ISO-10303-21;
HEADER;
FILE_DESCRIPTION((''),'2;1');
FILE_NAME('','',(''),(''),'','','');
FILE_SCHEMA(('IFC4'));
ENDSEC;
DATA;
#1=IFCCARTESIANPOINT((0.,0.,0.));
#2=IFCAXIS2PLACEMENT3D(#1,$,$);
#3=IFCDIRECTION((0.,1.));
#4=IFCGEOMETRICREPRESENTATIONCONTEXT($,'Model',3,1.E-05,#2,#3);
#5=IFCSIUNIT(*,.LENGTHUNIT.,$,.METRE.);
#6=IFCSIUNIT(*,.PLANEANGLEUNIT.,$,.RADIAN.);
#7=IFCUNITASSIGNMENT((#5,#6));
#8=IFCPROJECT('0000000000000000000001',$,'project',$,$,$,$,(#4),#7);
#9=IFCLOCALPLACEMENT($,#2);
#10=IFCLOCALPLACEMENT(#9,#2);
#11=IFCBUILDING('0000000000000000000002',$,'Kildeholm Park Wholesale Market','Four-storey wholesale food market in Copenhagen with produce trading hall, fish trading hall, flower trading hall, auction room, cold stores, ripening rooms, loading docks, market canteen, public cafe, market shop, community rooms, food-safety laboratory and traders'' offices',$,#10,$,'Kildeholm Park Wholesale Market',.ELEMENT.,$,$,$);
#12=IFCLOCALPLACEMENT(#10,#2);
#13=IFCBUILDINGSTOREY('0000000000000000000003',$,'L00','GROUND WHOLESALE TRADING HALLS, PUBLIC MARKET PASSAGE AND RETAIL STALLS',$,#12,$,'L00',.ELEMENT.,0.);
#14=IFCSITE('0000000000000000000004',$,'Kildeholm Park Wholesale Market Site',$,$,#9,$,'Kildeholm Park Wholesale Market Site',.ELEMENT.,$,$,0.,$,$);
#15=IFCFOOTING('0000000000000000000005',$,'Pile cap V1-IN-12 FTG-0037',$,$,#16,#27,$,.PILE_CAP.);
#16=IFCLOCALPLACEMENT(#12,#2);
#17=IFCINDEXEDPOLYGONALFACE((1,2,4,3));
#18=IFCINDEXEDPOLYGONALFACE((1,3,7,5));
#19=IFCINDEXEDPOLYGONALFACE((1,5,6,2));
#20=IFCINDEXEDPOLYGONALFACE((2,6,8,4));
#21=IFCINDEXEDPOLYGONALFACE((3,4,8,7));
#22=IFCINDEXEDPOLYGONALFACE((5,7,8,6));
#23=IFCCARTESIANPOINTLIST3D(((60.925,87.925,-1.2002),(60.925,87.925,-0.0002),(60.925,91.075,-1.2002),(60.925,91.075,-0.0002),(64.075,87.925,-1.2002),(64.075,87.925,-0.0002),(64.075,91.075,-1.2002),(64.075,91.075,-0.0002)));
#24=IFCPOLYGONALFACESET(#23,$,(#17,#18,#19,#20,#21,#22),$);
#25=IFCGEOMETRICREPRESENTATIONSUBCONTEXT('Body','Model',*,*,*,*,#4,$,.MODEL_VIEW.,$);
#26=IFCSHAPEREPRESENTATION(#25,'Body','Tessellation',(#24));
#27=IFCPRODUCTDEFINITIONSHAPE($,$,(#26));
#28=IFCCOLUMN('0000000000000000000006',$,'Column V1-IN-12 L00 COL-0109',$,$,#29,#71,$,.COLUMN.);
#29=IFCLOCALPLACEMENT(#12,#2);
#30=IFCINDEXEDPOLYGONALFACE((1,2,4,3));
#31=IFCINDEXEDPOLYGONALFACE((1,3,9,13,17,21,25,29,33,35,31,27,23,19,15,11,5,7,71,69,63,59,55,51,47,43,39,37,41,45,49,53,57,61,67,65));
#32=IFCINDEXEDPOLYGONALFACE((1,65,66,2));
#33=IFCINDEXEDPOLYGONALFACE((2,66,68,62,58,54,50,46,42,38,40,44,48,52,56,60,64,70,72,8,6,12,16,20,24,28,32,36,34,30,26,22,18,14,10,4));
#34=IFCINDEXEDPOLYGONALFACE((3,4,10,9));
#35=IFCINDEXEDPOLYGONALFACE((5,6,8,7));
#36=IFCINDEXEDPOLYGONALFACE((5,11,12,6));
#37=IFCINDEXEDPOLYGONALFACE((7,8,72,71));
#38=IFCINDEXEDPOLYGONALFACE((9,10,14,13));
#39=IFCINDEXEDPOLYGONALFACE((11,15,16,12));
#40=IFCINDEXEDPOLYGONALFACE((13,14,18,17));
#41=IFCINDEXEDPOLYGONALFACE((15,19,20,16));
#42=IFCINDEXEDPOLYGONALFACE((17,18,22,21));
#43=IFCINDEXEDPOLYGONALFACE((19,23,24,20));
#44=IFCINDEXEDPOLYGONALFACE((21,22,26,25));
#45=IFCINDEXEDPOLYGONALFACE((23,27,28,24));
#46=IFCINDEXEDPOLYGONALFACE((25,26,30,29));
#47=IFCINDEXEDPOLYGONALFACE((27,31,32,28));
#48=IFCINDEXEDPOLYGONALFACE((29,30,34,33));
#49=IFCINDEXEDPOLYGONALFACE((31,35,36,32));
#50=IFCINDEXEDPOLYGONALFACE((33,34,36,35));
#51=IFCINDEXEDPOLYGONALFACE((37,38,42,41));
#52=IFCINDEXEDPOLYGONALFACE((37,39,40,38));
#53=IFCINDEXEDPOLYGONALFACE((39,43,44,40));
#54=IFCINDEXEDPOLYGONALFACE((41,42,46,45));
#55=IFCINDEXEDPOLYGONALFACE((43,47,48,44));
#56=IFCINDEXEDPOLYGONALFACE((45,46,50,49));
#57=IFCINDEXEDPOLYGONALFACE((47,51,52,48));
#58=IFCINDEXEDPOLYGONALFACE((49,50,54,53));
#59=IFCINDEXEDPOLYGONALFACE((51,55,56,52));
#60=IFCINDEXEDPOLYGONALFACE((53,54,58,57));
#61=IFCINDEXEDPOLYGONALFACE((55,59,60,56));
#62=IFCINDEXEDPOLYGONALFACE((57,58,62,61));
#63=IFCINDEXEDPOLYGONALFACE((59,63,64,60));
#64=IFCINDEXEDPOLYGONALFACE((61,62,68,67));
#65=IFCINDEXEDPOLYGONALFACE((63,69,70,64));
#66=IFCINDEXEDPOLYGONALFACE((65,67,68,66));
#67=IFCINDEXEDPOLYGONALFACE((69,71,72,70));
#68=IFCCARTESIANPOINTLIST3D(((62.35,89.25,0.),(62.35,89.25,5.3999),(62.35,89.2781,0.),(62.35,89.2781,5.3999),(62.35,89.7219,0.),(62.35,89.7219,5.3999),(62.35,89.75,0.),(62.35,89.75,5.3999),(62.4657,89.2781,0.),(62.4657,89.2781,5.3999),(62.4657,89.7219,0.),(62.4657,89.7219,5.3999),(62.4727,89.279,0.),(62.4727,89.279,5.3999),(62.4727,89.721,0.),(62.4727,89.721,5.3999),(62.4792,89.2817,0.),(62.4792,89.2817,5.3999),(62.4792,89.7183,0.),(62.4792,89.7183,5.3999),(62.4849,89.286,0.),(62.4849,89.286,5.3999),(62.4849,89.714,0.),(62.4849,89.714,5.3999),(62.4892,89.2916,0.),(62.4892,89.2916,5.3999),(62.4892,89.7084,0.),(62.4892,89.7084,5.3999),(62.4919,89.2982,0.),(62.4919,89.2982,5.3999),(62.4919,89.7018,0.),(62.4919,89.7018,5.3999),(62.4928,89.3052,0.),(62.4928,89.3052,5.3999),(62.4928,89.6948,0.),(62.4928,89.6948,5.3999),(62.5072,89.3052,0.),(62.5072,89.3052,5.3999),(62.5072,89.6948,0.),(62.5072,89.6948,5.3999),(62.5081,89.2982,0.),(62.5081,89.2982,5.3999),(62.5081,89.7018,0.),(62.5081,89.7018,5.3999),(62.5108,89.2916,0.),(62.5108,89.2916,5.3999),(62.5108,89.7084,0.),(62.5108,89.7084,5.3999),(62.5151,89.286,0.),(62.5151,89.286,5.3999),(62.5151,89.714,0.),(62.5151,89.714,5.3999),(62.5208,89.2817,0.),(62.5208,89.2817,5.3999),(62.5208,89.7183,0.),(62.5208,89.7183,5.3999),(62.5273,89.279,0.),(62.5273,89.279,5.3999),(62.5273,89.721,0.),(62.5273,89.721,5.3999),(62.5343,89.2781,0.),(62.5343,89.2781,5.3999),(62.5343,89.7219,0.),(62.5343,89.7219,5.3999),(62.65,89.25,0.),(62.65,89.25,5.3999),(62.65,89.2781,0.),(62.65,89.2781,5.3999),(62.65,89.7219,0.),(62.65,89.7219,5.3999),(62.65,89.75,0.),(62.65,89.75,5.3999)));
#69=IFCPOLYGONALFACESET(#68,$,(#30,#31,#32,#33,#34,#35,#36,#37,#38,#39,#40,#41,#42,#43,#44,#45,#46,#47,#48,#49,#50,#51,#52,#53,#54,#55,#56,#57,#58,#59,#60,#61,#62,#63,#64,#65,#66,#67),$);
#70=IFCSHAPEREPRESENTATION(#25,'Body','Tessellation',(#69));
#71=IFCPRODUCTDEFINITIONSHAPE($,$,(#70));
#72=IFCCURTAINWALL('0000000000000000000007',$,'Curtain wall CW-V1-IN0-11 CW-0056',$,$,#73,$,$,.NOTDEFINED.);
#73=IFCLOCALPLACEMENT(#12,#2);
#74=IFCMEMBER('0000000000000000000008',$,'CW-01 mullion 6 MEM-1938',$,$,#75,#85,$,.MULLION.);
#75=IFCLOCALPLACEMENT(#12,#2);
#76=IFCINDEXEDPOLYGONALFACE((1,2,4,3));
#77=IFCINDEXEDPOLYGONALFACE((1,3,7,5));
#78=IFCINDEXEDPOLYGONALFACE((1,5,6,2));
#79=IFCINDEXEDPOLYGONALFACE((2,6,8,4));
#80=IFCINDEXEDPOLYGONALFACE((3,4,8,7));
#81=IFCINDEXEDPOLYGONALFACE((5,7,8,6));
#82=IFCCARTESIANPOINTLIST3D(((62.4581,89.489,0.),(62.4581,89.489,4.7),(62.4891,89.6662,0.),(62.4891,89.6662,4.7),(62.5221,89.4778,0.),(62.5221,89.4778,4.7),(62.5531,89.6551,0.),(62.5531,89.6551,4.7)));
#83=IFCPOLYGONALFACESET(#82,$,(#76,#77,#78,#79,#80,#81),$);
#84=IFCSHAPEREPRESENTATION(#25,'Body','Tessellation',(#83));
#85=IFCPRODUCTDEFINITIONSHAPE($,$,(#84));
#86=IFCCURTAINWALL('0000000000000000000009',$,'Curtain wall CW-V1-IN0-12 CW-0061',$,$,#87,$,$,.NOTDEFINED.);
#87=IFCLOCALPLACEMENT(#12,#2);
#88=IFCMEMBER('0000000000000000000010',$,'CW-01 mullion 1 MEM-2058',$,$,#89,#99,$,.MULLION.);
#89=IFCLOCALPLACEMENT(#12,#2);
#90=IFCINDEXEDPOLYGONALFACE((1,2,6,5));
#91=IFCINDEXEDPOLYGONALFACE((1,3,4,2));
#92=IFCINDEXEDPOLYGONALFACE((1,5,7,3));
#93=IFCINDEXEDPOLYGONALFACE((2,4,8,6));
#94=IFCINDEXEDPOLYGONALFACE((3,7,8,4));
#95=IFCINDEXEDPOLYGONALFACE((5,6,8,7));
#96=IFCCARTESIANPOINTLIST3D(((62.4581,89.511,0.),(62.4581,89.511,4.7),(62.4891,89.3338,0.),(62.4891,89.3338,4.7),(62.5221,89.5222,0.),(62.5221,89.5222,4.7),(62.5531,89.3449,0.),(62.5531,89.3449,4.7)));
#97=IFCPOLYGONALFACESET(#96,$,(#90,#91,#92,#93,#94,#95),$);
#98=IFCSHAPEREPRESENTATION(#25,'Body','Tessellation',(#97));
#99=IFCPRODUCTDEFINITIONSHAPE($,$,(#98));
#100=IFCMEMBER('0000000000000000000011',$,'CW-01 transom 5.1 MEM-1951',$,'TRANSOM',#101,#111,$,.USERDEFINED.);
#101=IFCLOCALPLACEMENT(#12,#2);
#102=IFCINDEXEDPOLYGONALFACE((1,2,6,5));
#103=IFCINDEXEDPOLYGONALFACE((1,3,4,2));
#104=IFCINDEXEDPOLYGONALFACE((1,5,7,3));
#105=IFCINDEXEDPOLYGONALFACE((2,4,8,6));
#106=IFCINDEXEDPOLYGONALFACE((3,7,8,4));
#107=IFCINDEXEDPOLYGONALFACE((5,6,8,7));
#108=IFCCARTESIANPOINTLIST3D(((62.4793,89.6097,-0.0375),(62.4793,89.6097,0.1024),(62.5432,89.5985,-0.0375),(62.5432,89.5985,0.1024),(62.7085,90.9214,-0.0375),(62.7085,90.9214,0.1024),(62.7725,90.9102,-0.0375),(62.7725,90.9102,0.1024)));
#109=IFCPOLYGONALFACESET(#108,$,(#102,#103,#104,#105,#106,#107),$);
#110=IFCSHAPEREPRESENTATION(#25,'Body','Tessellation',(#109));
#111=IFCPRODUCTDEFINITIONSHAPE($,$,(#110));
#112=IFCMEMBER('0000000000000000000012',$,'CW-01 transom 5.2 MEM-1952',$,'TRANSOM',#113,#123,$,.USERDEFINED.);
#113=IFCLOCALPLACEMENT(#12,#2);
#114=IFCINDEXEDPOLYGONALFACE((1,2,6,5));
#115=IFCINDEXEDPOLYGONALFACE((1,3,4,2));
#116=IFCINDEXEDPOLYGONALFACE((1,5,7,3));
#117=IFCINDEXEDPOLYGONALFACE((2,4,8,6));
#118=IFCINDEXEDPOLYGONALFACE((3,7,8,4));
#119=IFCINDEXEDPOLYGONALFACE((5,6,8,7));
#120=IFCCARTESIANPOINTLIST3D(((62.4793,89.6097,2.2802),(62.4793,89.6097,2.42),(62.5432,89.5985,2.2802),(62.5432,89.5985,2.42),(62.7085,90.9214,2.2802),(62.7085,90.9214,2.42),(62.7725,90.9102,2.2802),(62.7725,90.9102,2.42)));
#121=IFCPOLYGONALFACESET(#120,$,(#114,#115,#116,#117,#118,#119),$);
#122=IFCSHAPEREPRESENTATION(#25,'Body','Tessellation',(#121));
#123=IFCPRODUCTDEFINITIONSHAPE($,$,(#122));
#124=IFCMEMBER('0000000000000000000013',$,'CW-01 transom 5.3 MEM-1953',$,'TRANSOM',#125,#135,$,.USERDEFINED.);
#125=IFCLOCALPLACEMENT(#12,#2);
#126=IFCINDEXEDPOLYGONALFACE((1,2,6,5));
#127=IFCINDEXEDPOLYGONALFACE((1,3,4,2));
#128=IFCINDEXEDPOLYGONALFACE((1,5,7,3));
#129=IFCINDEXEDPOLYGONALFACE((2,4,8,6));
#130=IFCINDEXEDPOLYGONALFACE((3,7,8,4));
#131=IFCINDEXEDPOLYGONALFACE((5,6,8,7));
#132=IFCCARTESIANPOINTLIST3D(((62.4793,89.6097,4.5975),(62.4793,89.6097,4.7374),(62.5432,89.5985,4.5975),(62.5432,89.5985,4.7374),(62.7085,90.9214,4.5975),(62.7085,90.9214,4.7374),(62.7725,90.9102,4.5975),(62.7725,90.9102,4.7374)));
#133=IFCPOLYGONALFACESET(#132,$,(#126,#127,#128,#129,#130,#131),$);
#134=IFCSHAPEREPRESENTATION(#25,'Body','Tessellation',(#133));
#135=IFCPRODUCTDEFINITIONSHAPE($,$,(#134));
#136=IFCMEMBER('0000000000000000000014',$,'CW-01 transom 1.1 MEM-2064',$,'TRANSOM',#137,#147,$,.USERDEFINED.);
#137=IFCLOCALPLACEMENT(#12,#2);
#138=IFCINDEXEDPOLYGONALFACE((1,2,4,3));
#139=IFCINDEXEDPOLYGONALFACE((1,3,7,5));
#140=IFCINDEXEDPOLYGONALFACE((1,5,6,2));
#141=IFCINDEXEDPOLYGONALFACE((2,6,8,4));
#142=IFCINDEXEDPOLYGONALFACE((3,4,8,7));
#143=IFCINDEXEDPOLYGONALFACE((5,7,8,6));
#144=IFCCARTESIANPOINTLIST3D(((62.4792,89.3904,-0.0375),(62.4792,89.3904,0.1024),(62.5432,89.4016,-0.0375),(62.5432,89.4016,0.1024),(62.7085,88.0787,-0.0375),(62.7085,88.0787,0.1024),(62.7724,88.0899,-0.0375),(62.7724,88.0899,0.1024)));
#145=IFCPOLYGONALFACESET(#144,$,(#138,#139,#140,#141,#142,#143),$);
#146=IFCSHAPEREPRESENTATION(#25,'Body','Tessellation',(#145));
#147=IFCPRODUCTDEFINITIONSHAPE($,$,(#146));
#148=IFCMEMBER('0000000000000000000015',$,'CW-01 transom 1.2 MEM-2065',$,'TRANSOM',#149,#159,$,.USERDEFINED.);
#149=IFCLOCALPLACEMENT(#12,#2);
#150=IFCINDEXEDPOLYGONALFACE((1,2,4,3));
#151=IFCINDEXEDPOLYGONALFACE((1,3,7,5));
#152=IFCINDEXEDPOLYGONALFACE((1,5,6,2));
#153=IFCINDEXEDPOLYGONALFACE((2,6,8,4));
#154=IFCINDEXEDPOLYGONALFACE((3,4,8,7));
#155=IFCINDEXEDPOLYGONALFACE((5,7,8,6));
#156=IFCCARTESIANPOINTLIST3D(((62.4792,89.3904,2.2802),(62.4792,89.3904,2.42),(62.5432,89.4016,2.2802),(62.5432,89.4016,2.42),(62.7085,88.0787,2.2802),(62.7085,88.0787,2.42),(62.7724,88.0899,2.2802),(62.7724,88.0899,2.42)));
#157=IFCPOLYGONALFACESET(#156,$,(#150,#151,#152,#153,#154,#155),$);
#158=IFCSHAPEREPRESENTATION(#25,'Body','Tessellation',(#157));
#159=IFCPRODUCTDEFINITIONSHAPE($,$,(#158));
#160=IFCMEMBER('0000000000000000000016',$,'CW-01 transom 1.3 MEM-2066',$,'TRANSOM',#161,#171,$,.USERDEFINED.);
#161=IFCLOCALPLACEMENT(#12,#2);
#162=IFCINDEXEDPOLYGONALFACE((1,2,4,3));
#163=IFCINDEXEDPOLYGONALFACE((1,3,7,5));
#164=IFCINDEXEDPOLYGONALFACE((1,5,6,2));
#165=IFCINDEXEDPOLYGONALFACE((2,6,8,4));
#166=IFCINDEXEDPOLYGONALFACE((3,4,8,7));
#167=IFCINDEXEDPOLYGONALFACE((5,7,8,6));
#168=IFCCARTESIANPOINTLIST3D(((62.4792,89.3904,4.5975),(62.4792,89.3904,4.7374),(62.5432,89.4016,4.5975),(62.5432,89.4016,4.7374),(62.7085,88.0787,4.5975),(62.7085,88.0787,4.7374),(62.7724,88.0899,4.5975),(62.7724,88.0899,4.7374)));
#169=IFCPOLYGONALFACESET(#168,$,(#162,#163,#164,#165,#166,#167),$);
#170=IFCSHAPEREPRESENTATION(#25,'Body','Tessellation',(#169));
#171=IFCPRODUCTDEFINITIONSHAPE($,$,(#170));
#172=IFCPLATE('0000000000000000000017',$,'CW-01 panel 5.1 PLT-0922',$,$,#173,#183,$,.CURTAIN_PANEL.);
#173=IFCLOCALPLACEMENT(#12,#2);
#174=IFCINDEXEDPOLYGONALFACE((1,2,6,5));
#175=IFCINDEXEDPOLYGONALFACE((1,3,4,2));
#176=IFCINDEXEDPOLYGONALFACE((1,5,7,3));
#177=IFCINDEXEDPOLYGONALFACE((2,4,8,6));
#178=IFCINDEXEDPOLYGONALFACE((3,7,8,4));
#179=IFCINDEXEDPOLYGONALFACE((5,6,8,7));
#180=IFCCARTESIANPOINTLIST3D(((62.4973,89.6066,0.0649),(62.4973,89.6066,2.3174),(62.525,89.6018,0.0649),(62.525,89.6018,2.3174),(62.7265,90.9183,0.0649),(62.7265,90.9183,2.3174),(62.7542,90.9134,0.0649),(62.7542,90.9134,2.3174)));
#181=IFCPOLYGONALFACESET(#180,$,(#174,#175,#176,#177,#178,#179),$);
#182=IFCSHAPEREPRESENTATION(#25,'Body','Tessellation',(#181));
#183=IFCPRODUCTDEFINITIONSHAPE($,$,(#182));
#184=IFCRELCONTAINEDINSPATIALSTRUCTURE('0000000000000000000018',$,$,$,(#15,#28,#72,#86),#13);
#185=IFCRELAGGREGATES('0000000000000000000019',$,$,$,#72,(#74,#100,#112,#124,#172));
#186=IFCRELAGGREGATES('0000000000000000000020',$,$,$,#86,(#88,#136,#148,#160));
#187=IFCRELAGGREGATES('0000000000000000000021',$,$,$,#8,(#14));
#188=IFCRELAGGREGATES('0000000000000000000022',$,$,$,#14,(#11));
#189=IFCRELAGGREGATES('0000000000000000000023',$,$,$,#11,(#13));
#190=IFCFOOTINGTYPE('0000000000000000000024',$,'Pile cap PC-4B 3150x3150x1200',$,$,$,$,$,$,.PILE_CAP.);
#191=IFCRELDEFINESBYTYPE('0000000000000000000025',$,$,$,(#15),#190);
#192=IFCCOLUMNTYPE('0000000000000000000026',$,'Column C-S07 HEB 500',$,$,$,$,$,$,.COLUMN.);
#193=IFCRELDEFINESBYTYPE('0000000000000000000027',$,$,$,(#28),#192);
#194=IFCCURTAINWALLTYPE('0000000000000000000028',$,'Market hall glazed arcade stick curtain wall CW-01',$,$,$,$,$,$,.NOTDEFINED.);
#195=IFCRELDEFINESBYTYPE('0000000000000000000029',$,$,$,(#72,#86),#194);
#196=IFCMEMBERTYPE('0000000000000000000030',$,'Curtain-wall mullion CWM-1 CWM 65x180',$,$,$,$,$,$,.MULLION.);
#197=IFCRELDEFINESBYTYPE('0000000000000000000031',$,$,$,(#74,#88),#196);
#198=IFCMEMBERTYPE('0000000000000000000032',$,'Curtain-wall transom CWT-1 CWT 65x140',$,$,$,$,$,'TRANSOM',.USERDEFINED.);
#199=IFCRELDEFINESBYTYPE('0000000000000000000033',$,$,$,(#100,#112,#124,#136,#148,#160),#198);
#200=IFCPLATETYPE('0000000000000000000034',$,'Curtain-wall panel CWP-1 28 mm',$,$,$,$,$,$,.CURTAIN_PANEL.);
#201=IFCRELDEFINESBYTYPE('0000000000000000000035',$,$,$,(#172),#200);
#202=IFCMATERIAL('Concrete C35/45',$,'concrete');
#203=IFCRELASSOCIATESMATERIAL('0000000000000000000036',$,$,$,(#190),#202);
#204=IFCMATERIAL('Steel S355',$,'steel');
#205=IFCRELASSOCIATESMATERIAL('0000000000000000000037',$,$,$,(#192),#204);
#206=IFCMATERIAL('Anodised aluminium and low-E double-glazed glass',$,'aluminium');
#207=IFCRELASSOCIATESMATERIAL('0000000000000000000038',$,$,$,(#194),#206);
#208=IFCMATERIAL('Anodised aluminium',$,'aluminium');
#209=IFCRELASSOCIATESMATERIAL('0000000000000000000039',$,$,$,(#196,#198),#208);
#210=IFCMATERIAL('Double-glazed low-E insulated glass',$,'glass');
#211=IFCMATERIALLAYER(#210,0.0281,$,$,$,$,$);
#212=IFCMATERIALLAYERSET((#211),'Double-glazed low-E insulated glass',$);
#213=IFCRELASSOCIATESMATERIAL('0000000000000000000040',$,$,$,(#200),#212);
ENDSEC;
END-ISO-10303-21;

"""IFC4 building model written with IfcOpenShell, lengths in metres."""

from ifc_helpers import new_model, si_unit, direction, frame, origin, origin_2d, place, context, subcontext, project, spatial, rectangle, i_section, extrude, material, layer, layer_set, material_profile, profile_set, type_object, element, aggregate, save


model = new_model("IFC4")

# Units and contexts
model_context = context("Model", 3, precision=1e-05, world=origin(), true_north=direction((0.0, 1.0)))
body_context = subcontext(model_context, "Body", "Model", "MODEL_VIEW")
ifc_project = project(units=[si_unit("LENGTHUNIT", "METRE"), si_unit("PLANEANGLEUNIT", "RADIAN")], contexts=[model_context])

# Site, building, storey
site_placement = place(None, origin())
site = spatial("IfcSite", under=ifc_project, at=site_placement, Name="Kildeholm Park Wholesale Market Site", LongName="Kildeholm Park Wholesale Market Site", CompositionType="ELEMENT", RefElevation=0.0)
building_placement = place(site_placement, origin())
building = spatial("IfcBuilding", under=site, at=building_placement, Name="Kildeholm Park Wholesale Market", Description="Four-storey wholesale food market in Copenhagen with produce trading hall, fish trading hall, flower trading hall, auction room, cold stores, ripening rooms, loading docks, market canteen, public cafe, market shop, community rooms, food-safety laboratory and traders' offices", LongName="Kildeholm Park Wholesale Market", CompositionType="ELEMENT")
storey_placement = place(building_placement, origin())
storey = spatial("IfcBuildingStorey", under=building, at=storey_placement, Name="L00", Description="GROUND WHOLESALE TRADING HALLS, PUBLIC MARKET PASSAGE AND RETAIL STALLS", LongName="L00", CompositionType="ELEMENT", Elevation=0.0)

# Shared definitions
ifc_material_1 = material(Name="Concrete C35/45", Category="concrete")

# Footing
footing_type_1 = type_object("IfcFootingType", Name="Pile cap PC-4B 3150x3150x1200", PredefinedType="PILE_CAP", material=ifc_material_1)
footing_1_placement = place(storey_placement, frame((62.5, 89.5, -1.2002), z_axis=(0.0, 0.0, 1.0), x_axis=(-1.0, 0.0, 0.0)))
element("IfcFooting", 1, at=footing_1_placement, inside=storey, type_object=footing_type_1, Name="Pile cap V1-IN-12 FTG-0037", PredefinedType="PILE_CAP", context=body_context, shape_type="SweptSolid", body=[
    extrude(rectangle(XDim=3.1499, YDim=3.1499, at=origin_2d()), origin(), (0.0, 0.0, 1.0), 1.2),
])

# Column
ifc_material_2 = material(Name="Steel S355", Category="steel")
ifc_material_profile_1 = material_profile(ifc_material_2, i_section(OverallWidth=0.3, OverallDepth=0.5, WebThickness=0.0144, FlangeThickness=0.0281, FilletRadius=0.0271, at=origin_2d()), Name="HEB 500")
ifc_profile_set_1 = profile_set([ifc_material_profile_1], Name="Steel S355")
column_type = type_object("IfcColumnType", Name="Column C-S07 HEB 500", PredefinedType="COLUMN", material=ifc_profile_set_1)
column_placement = place(storey_placement, frame((62.5, 89.5, 0.0), z_axis=(0.0, 0.0, 1.0), x_axis=(-1.0, 0.0, 0.0)))
element("IfcColumn", 2, at=column_placement, inside=storey, type_object=column_type, Name="Column V1-IN-12 L00 COL-0109", PredefinedType="COLUMN", context=body_context, shape_type="SweptSolid", body=[
    extrude(i_section(OverallWidth=0.3, OverallDepth=0.5, WebThickness=0.0144, FlangeThickness=0.0281, FilletRadius=0.0271, at=origin_2d()), origin(), (0.0, 0.0, 1.0), 5.3999),
])

# Curtain walls, members
ifc_material_3 = material(Name="Anodised aluminium and low-E double-glazed glass", Category="aluminium")
curtain_wall_type = type_object("IfcCurtainWallType", Name="Market hall glazed arcade stick curtain wall CW-01", PredefinedType="NOTDEFINED", material=ifc_material_3)
curtain_wall_1_placement = place(storey_placement, origin())
curtain_wall_1 = element("IfcCurtainWall", 3, at=curtain_wall_1_placement, inside=storey, type_object=curtain_wall_type, Name="Curtain wall CW-V1-IN0-11 CW-0056", PredefinedType="NOTDEFINED")
ifc_material_4 = material(Name="Anodised aluminium", Category="aluminium")
ifc_material_profile_2 = material_profile(ifc_material_4, rectangle(XDim=0.0649, YDim=0.1799, at=origin_2d()), Name="CWM 65x180")
ifc_profile_set_2 = profile_set([ifc_material_profile_2], Name="Anodised aluminium")
member_type_1 = type_object("IfcMemberType", Name="Curtain-wall mullion CWM-1 CWM 65x180", PredefinedType="MULLION", material=ifc_profile_set_2)
member_1_placement = place(storey_placement, frame((62.5056, 89.572, 0.0), z_axis=(0.0, 0.0, 1.0), x_axis=(0.985074, -0.172133, 0.0)))
member_1 = element("IfcMember", 4, at=member_1_placement, type_object=member_type_1, Name="CW-01 mullion 6 MEM-1938", PredefinedType="MULLION", context=body_context, shape_type="SweptSolid", body=[
    extrude(rectangle(XDim=0.0649, YDim=0.1799, at=origin_2d()), origin(), (0.0, 0.0, 1.0), 4.7),
])
curtain_wall_2_placement = place(storey_placement, origin())
curtain_wall_2 = element("IfcCurtainWall", 5, at=curtain_wall_2_placement, inside=storey, type_object=curtain_wall_type, Name="Curtain wall CW-V1-IN0-12 CW-0061", PredefinedType="NOTDEFINED")
member_2_placement = place(storey_placement, frame((62.5056, 89.428, 0.0), z_axis=(0.0, 0.0, 1.0), x_axis=(0.985074, 0.172133, 0.0)))
member_2 = element("IfcMember", 6, at=member_2_placement, type_object=member_type_1, Name="CW-01 mullion 1 MEM-2058", PredefinedType="MULLION", context=body_context, shape_type="SweptSolid", body=[
    extrude(rectangle(XDim=0.0649, YDim=0.1799, at=origin_2d()), origin(), (0.0, 0.0, 1.0), 4.7),
])

# Members
ifc_material_profile_3 = material_profile(ifc_material_4, rectangle(XDim=0.0649, YDim=0.1399, at=origin_2d()), Name="CWT 65x140")
ifc_profile_set_3 = profile_set([ifc_material_profile_3], Name="Anodised aluminium")
member_type_2 = type_object("IfcMemberType", Name="Curtain-wall transom CWT-1 CWT 65x140", ElementType="TRANSOM", PredefinedType="USERDEFINED", material=ifc_profile_set_3)
member_3_placement = place(storey_placement, frame((62.7405, 90.9158, 0.0325), z_axis=(-0.172154, -0.98507, 0.0), x_axis=(0.98507, -0.172154, 0.0)))
member_3 = element("IfcMember", 7, at=member_3_placement, type_object=member_type_2, Name="CW-01 transom 5.1 MEM-1951", ObjectType="TRANSOM", PredefinedType="USERDEFINED", context=body_context, shape_type="SweptSolid", body=[
    extrude(rectangle(XDim=0.0649, YDim=0.1399, at=origin_2d()), origin(), (0.0, 0.0, 1.0), 1.3315),
])
member_4_placement = place(storey_placement, frame((62.7405, 90.9158, 2.3501), z_axis=(-0.172154, -0.98507, 0.0), x_axis=(0.98507, -0.172154, 0.0)))
member_4 = element("IfcMember", 8, at=member_4_placement, type_object=member_type_2, Name="CW-01 transom 5.2 MEM-1952", ObjectType="TRANSOM", PredefinedType="USERDEFINED", context=body_context, shape_type="SweptSolid", body=[
    extrude(rectangle(XDim=0.0649, YDim=0.1399, at=origin_2d()), origin(), (0.0, 0.0, 1.0), 1.3315),
])
member_5_placement = place(storey_placement, frame((62.7405, 90.9158, 4.6675), z_axis=(-0.172154, -0.98507, 0.0), x_axis=(0.98507, -0.172154, 0.0)))
member_5 = element("IfcMember", 9, at=member_5_placement, type_object=member_type_2, Name="CW-01 transom 5.3 MEM-1953", ObjectType="TRANSOM", PredefinedType="USERDEFINED", context=body_context, shape_type="SweptSolid", body=[
    extrude(rectangle(XDim=0.0649, YDim=0.1399, at=origin_2d()), origin(), (0.0, 0.0, 1.0), 1.3315),
])
member_6_placement = place(storey_placement, frame((62.5112, 89.396, 0.0325), z_axis=(0.172154, -0.98507, 0.0), x_axis=(0.98507, 0.172154, 0.0)))
member_6 = element("IfcMember", 10, at=member_6_placement, type_object=member_type_2, Name="CW-01 transom 1.1 MEM-2064", ObjectType="TRANSOM", PredefinedType="USERDEFINED", context=body_context, shape_type="SweptSolid", body=[
    extrude(rectangle(XDim=0.0649, YDim=0.1399, at=origin_2d()), origin(), (0.0, 0.0, 1.0), 1.3315),
])
member_7_placement = place(storey_placement, frame((62.5112, 89.396, 2.3501), z_axis=(0.172154, -0.98507, 0.0), x_axis=(0.98507, 0.172154, 0.0)))
member_7 = element("IfcMember", 11, at=member_7_placement, type_object=member_type_2, Name="CW-01 transom 1.2 MEM-2065", ObjectType="TRANSOM", PredefinedType="USERDEFINED", context=body_context, shape_type="SweptSolid", body=[
    extrude(rectangle(XDim=0.0649, YDim=0.1399, at=origin_2d()), origin(), (0.0, 0.0, 1.0), 1.3315),
])
member_8_placement = place(storey_placement, frame((62.5112, 89.396, 4.6675), z_axis=(0.172154, -0.98507, 0.0), x_axis=(0.98507, 0.172154, 0.0)))
member_8 = element("IfcMember", 12, at=member_8_placement, type_object=member_type_2, Name="CW-01 transom 1.3 MEM-2066", ObjectType="TRANSOM", PredefinedType="USERDEFINED", context=body_context, shape_type="SweptSolid", body=[
    extrude(rectangle(XDim=0.0649, YDim=0.1399, at=origin_2d()), origin(), (0.0, 0.0, 1.0), 1.3315),
])

# Plate
ifc_material_5 = material(Name="Double-glazed low-E insulated glass", Category="glass")
ifc_layer_1 = layer(ifc_material_5, 0.0281)
ifc_layer_set_1 = layer_set([ifc_layer_1], Name="Double-glazed low-E insulated glass")
plate_type = type_object("IfcPlateType", Name="Curtain-wall panel CWP-1 28 mm", PredefinedType="CURTAIN_PANEL", material=ifc_layer_set_1)
plate_1_placement = place(storey_placement, frame((62.6257, 90.26, 0.0649), z_axis=(0.0, 0.0, 1.0), x_axis=(-0.172133, -0.985074, 0.0)))
plate_1 = element("IfcPlate", 13, at=plate_1_placement, type_object=plate_type, Name="CW-01 panel 5.1 PLT-0922", PredefinedType="CURTAIN_PANEL", context=body_context, shape_type="SweptSolid", body=[
    extrude(rectangle(XDim=1.3315, YDim=0.0281, at=origin_2d()), origin(), (0.0, 0.0, 1.0), 2.2524),
])
aggregate(curtain_wall_1, [member_1, member_3, member_4, member_5, plate_1])
aggregate(curtain_wall_2, [member_2, member_6, member_7, member_8])

save(model, "model.ifc")
